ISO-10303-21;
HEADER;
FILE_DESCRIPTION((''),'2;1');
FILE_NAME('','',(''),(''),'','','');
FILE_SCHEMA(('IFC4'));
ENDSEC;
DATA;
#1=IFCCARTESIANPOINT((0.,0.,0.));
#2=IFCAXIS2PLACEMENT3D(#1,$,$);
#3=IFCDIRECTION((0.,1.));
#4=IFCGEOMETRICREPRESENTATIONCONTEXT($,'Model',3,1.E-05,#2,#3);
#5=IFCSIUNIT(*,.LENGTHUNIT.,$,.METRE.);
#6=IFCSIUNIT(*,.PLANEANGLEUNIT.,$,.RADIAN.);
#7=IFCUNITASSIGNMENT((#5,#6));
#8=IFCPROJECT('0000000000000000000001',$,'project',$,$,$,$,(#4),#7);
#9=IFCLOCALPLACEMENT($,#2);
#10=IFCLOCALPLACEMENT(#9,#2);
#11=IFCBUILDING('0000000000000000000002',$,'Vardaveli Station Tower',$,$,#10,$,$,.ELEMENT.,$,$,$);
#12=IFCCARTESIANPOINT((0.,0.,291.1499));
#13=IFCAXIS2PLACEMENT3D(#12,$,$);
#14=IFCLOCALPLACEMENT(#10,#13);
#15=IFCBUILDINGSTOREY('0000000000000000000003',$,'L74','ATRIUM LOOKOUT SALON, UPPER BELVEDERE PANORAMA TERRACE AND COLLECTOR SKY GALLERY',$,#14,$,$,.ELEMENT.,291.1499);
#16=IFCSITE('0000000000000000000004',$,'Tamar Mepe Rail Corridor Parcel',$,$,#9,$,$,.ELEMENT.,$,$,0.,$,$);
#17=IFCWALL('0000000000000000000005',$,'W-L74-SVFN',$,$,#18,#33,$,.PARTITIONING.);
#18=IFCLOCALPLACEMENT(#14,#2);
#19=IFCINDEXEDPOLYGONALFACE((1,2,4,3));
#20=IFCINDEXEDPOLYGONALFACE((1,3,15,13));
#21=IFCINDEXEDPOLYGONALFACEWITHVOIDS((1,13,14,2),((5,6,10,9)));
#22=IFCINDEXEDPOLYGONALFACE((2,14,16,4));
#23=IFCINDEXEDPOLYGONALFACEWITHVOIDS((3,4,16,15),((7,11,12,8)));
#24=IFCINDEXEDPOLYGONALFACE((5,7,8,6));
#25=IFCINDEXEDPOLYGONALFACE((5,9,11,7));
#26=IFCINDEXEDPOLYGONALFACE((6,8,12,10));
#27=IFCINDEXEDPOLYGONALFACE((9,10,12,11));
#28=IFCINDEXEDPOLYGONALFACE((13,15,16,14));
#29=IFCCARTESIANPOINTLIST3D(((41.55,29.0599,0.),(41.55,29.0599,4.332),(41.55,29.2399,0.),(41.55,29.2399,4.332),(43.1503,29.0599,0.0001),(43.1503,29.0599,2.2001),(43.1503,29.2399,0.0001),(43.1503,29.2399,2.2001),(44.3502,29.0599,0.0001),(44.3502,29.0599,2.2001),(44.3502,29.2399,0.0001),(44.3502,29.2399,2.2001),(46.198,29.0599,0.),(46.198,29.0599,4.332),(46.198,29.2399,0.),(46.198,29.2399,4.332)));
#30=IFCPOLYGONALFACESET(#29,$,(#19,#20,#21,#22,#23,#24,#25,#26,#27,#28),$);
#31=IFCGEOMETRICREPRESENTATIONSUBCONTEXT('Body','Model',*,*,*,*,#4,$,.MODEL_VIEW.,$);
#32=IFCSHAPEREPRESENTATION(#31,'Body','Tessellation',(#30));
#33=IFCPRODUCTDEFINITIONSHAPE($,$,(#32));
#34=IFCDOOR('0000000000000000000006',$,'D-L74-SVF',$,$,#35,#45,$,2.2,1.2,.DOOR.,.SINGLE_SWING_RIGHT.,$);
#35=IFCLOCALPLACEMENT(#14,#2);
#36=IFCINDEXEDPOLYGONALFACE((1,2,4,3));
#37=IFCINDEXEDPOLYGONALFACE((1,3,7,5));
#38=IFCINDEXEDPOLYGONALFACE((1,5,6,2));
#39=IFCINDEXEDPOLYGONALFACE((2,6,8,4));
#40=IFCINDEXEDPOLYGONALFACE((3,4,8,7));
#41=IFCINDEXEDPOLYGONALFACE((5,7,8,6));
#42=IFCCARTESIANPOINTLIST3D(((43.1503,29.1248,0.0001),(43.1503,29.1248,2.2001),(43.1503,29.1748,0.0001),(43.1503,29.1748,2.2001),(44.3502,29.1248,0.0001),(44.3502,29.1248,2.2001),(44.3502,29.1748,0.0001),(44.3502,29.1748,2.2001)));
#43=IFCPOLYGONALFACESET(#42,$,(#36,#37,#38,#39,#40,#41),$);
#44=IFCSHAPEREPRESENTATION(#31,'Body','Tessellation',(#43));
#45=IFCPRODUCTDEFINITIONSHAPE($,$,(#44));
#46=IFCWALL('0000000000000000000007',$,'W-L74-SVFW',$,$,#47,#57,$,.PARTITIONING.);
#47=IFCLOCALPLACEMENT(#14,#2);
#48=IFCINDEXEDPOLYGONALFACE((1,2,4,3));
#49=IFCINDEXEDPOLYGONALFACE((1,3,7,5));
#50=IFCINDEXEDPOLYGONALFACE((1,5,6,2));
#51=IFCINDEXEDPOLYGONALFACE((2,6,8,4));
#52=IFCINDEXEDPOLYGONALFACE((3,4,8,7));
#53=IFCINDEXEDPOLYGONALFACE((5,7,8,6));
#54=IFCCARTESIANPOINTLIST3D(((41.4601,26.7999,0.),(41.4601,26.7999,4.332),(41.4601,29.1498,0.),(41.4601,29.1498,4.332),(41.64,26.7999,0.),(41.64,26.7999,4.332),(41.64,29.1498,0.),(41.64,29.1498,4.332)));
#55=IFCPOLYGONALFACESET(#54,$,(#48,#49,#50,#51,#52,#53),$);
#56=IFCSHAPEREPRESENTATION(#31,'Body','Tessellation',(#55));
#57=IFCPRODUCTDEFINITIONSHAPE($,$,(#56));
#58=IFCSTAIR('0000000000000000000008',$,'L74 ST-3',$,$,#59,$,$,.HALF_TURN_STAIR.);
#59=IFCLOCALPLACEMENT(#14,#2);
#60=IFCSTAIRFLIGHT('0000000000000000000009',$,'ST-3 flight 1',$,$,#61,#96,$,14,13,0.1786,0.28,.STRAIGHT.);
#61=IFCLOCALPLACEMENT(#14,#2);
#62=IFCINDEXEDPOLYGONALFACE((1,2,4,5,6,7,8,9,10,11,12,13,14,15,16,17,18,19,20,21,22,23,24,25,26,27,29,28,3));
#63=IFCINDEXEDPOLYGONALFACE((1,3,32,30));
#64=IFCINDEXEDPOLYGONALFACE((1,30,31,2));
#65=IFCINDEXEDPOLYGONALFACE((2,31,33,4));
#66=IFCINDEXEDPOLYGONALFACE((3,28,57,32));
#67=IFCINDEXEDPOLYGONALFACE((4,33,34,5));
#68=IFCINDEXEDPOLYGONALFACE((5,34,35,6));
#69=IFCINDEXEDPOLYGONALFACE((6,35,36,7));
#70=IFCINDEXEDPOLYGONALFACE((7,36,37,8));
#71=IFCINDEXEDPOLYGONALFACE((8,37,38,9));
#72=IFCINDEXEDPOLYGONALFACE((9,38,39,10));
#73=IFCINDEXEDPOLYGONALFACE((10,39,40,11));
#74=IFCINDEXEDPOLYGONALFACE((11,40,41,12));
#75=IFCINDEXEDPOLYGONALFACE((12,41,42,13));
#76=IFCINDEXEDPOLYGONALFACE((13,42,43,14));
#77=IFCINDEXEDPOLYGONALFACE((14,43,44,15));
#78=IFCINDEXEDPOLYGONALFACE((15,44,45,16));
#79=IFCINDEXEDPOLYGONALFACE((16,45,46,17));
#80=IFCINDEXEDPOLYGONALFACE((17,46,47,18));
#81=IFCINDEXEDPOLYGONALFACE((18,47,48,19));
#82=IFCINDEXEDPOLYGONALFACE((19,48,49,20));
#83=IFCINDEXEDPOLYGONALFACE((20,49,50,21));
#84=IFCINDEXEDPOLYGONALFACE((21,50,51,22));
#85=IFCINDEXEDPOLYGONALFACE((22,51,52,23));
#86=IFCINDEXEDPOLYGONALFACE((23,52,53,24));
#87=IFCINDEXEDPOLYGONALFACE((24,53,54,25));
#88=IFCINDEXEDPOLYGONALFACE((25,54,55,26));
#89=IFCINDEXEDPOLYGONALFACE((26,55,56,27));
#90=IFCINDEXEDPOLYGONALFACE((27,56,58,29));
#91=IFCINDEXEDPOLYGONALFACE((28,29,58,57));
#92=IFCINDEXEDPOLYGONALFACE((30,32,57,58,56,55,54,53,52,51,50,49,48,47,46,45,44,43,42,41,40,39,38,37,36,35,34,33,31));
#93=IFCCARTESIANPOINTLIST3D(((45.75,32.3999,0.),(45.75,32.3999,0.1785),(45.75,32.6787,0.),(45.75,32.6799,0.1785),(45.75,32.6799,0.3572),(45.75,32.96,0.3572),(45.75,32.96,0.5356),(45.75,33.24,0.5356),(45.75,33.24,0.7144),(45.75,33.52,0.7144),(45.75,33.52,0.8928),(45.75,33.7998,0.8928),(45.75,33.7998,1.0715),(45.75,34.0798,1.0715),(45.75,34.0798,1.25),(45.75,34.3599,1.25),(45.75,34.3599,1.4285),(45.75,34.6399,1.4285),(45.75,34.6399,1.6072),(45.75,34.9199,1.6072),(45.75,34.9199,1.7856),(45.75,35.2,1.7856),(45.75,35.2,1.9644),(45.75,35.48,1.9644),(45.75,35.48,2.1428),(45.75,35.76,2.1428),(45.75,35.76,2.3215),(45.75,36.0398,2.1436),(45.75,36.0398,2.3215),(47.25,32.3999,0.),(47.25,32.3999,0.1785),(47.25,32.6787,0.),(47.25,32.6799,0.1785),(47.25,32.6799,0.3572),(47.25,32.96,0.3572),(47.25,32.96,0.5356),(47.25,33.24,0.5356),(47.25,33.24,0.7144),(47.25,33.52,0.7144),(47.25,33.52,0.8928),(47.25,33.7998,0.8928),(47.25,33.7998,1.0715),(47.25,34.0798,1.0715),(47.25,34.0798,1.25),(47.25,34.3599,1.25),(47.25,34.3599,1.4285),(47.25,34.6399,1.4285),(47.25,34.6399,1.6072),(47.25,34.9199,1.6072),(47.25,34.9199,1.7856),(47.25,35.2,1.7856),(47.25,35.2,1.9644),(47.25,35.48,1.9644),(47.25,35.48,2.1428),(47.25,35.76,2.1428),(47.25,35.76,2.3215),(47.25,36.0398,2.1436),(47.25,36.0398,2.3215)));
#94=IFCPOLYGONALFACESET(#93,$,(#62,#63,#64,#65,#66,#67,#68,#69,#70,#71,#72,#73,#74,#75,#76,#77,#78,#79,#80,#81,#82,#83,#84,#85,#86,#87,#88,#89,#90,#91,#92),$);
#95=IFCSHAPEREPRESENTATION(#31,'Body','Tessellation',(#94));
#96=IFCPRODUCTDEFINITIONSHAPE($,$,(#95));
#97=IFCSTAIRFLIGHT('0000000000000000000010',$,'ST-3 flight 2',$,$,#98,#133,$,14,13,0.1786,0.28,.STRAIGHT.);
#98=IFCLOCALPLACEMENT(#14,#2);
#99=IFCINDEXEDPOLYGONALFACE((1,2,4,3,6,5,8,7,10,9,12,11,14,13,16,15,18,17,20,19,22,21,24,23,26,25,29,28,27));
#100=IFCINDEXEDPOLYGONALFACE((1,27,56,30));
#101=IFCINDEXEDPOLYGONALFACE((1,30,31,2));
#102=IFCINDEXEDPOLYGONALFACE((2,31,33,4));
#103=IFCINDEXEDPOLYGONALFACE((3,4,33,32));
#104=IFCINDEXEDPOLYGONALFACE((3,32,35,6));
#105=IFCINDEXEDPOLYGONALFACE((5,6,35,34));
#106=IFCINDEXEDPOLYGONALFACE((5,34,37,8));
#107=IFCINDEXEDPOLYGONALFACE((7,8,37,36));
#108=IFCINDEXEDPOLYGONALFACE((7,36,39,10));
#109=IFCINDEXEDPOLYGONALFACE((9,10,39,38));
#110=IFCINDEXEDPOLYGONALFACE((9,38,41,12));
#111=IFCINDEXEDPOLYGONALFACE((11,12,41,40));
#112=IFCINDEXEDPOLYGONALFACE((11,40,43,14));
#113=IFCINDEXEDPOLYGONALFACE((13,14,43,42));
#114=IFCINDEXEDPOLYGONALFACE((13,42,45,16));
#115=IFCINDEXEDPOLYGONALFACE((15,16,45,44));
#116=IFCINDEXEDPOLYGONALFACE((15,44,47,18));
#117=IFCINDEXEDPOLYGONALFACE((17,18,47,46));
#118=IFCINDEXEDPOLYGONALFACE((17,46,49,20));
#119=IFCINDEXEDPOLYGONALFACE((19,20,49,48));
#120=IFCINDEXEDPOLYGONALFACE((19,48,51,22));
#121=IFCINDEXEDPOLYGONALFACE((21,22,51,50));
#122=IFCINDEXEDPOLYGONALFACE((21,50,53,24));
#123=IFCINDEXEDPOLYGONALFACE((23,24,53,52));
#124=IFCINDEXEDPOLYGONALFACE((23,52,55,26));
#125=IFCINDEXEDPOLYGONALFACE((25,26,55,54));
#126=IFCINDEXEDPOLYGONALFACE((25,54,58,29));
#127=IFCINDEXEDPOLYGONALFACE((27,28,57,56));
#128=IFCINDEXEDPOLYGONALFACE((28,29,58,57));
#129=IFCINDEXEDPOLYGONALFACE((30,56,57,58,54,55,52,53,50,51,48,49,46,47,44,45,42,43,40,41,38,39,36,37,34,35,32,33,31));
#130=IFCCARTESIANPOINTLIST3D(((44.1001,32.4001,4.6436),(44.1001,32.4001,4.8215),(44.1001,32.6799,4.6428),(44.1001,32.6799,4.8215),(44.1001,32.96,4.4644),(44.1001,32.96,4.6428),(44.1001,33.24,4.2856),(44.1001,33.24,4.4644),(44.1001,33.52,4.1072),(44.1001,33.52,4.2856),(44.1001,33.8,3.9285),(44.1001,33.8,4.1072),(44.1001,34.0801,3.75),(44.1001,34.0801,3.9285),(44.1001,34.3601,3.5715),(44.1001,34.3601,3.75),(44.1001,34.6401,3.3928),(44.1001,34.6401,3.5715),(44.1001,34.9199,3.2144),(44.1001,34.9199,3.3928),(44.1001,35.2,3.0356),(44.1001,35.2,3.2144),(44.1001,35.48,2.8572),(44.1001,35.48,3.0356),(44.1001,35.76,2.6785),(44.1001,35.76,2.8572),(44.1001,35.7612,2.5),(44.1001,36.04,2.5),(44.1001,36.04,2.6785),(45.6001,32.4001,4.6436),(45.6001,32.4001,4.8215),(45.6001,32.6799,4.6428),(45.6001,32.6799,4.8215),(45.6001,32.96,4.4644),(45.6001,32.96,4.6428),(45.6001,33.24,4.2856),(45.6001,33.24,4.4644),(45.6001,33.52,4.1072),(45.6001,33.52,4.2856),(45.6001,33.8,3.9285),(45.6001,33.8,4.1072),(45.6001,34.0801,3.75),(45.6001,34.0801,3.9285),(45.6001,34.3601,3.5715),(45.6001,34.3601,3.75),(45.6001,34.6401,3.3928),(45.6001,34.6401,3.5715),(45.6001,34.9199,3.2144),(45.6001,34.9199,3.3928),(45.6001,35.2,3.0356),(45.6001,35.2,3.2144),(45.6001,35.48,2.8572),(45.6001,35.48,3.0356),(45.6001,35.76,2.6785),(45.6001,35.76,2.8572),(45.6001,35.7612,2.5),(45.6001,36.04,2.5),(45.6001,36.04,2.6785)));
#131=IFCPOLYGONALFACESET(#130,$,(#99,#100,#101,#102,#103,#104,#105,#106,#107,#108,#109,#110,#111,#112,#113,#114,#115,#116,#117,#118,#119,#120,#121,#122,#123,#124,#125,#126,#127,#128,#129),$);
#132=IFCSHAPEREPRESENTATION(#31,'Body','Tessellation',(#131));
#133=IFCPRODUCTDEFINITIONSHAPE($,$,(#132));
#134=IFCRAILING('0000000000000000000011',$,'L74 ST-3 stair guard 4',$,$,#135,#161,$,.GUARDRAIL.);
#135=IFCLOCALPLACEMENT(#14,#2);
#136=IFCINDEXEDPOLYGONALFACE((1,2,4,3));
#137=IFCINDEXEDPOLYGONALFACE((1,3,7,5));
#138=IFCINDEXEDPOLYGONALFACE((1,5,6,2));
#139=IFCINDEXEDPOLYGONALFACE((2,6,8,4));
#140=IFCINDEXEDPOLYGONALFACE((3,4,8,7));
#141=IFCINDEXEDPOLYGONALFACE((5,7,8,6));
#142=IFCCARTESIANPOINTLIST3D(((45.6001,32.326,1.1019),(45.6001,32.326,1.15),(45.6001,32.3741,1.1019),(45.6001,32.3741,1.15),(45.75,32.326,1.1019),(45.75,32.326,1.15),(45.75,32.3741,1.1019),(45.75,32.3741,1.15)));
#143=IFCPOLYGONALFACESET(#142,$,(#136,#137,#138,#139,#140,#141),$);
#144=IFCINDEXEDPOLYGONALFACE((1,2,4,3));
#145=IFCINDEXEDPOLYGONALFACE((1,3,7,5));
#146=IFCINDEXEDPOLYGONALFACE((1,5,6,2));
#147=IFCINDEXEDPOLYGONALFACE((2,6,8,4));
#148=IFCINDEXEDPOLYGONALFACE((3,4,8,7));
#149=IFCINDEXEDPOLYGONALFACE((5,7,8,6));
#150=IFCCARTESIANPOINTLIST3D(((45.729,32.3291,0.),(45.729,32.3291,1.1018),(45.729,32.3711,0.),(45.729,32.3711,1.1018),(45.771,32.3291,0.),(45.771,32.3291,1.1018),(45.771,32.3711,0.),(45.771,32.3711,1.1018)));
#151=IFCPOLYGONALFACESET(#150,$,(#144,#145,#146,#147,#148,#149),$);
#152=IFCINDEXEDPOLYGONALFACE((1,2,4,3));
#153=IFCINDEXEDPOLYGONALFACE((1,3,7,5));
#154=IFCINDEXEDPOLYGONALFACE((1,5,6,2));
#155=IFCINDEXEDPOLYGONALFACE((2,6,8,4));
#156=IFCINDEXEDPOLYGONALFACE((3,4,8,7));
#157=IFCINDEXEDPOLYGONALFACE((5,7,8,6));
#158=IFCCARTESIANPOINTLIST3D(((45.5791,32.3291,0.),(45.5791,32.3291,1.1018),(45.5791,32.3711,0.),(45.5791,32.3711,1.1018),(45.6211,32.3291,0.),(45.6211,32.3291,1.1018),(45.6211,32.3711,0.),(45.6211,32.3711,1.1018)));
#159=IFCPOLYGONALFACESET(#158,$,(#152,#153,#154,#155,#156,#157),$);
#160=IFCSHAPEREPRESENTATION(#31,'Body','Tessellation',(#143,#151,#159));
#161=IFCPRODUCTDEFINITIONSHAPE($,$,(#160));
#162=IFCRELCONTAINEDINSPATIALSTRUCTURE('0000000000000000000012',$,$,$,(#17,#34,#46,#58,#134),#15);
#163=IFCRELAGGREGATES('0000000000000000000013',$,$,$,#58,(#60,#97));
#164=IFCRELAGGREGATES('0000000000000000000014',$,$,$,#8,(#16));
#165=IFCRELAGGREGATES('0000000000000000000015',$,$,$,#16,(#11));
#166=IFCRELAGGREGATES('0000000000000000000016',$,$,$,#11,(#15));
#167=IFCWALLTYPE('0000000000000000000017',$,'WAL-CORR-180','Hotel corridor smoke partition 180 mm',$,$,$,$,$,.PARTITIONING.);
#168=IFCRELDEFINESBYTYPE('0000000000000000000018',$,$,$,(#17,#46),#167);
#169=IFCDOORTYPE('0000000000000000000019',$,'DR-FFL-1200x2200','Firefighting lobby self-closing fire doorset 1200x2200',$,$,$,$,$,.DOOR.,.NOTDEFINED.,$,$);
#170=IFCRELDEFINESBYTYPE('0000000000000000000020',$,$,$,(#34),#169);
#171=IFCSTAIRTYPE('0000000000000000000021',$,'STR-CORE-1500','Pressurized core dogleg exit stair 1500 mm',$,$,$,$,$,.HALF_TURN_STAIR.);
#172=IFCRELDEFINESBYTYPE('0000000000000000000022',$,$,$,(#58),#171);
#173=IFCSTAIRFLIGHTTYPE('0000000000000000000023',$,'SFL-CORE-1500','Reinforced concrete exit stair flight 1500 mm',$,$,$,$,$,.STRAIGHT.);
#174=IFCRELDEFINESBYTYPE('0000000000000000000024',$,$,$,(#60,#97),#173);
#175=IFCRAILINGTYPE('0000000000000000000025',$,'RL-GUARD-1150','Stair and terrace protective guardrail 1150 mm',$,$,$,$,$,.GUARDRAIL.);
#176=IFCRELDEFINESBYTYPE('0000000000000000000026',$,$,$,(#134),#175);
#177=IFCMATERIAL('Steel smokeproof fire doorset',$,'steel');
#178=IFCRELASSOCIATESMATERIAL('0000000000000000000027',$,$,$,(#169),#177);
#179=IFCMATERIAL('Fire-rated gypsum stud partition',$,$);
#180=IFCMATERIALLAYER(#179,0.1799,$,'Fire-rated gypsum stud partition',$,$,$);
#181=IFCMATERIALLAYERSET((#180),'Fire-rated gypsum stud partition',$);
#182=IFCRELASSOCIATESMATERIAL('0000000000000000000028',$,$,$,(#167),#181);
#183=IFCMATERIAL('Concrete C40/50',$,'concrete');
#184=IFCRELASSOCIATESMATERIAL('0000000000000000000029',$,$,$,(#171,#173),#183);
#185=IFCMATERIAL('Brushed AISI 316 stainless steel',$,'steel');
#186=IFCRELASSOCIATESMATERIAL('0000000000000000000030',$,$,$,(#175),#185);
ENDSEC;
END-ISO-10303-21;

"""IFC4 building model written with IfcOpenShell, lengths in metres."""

from ifc_helpers import new_model, si_unit, direction, frame, frame_2d, origin, origin_2d, place, context, subcontext, project, spatial, polyline, rectangle, outline, extrude, source, transform, mapped, material, layer, layer_set, type_object, element, fill, aggregate, save


model = new_model("IFC4")

# Units and contexts
model_context = context("Model", 3, precision=1e-05, world=origin(), true_north=direction((0.0, 1.0)))
body_context = subcontext(model_context, "Body", "Model", "MODEL_VIEW")
ifc_project = project(units=[si_unit("LENGTHUNIT", "METRE"), si_unit("PLANEANGLEUNIT", "RADIAN")], contexts=[model_context])

# Site, building, storey
site_placement = place(None, origin())
site = spatial("IfcSite", under=ifc_project, at=site_placement, Name="Tamar Mepe Rail Corridor Parcel", CompositionType="ELEMENT", RefElevation=0.0)
building_placement = place(site_placement, origin())
building = spatial("IfcBuilding", under=site, at=building_placement, Name="Vardaveli Station Tower", CompositionType="ELEMENT")
storey_placement = place(building_placement, frame((0.0, 0.0, 291.1499)))
storey = spatial("IfcBuildingStorey", under=building, at=storey_placement, Name="L74", Description="ATRIUM LOOKOUT SALON, UPPER BELVEDERE PANORAMA TERRACE AND COLLECTOR SKY GALLERY", CompositionType="ELEMENT", Elevation=291.1499)

# Shared definitions
ifc_material_1 = material(Name="Concrete C40/50", Category="concrete")
ifc_material_2 = material(Name="Steel smokeproof fire doorset", Category="steel")

# Wall, opening, door
door_type_1 = type_object("IfcDoorType", Name="DR-FFL-1200x2200", Description="Firefighting lobby self-closing fire doorset 1200x2200", OperationType="NOTDEFINED", PredefinedType="DOOR", material=ifc_material_2)
shared_shape_1 = source(origin(), body_context, "Body", "SweptSolid", [
    extrude(rectangle(XDim=1.2, YDim=2.2, at=frame_2d((0.6001, 1.1001))), frame((0.0, 0.0249, 0.0), z_axis=(0.0, -1.0, 0.0), x_axis=(1.0, 0.0, 0.0)), (0.0, 0.0, 1.0), 0.05),
])
ifc_material_3 = material(Name="Fire-rated gypsum stud partition")
ifc_layer_1 = layer(ifc_material_3, 0.1799, Name="Fire-rated gypsum stud partition")
ifc_layer_set_1 = layer_set([ifc_layer_1], Name="Fire-rated gypsum stud partition")
wall_type_1 = type_object("IfcWallType", Name="WAL-CORR-180", Description="Hotel corridor smoke partition 180 mm", PredefinedType="PARTITIONING", material=ifc_layer_set_1)
shared_shape_2 = source(origin(), body_context, "Body", "SweptSolid", [
    extrude(rectangle(XDim=4.6479, YDim=0.1799, at=frame_2d((2.324, 0.0))), origin(), (0.0, 0.0, 1.0), 4.332),
])
wall_1_placement = place(storey_placement, frame((41.55, 29.1499, 0.0), z_axis=(0.0, 0.0, 1.0), x_axis=(1.0, 0.0, 0.0)))
wall_1 = element("IfcWall", 1, at=wall_1_placement, inside=storey, type_object=wall_type_1, Name="W-L74-SVFN", PredefinedType="PARTITIONING", context=body_context, shape_type="MappedRepresentation", body=[
    mapped(shared_shape_2, transform((0.0, 0.0, 0.0), scale=1.0)),
])
shared_shape_3 = source(origin(), body_context, "Body", "SweptSolid", [
    extrude(rectangle(XDim=1.2, YDim=2.2, at=frame_2d((0.6001, 1.1001))), frame((0.0, 0.1001, 0.0), z_axis=(0.0, -1.0, 0.0), x_axis=(1.0, 0.0, 0.0)), (0.0, 0.0, 1.0), 0.2),
])
opening_1_placement = place(wall_1_placement, frame((1.6001, 0.0, 0.0)))
opening_1 = element("IfcOpeningElement", 2, at=opening_1_placement, cuts=wall_1, PredefinedType="OPENING", context=body_context, shape_type="MappedRepresentation", body=[
    mapped(shared_shape_3, transform((0.0, 0.0, 0.0), scale=1.0)),
])
door_1_placement = place(opening_1_placement, origin())
door_1 = element("IfcDoor", 3, at=door_1_placement, inside=storey, type_object=door_type_1, Name="D-L74-SVF", OperationType="SINGLE_SWING_RIGHT", OverallHeight=2.2, OverallWidth=1.2, PredefinedType="DOOR", context=body_context, shape_type="MappedRepresentation", body=[
    mapped(shared_shape_1, transform((0.0, 0.0, 0.0), scale=1.0)),
])
fill(opening_1, door_1)

# Wall
shared_shape_4 = source(origin(), body_context, "Body", "SweptSolid", [
    extrude(rectangle(XDim=2.3499, YDim=0.1799, at=frame_2d((1.1748, 0.0))), origin(), (0.0, 0.0, 1.0), 4.332),
])
wall_2_placement = place(storey_placement, frame((41.55, 26.8, 0.0), z_axis=(0.0, 0.0, 1.0), x_axis=(0.0, 1.0, 0.0)))
element("IfcWall", 4, at=wall_2_placement, inside=storey, type_object=wall_type_1, Name="W-L74-SVFW", PredefinedType="PARTITIONING", context=body_context, shape_type="MappedRepresentation", body=[
    mapped(shared_shape_4, transform((0.0, 0.0, 0.0), scale=1.0)),
])

# Stair, stair flights
stair_type = type_object("IfcStairType", Name="STR-CORE-1500", Description="Pressurized core dogleg exit stair 1500 mm", PredefinedType="HALF_TURN_STAIR", material=ifc_material_1)
stair_placement = place(storey_placement, origin())
stair = element("IfcStair", 5, at=stair_placement, inside=storey, type_object=stair_type, Name="L74 ST-3", PredefinedType="HALF_TURN_STAIR")
stair_flight_type = type_object("IfcStairFlightType", Name="SFL-CORE-1500", Description="Reinforced concrete exit stair flight 1500 mm", PredefinedType="STRAIGHT", material=ifc_material_1)
shared_shape_5 = source(origin(), body_context, "Body", "SweptSolid", [
    extrude(outline(polyline([(0.0, 0.0), (0.0, 0.1785), (0.28, 0.1785), (0.28, 0.3572), (0.5601, 0.3572), (0.5601, 0.5356), (0.8401, 0.5356), (0.8401, 0.7144), (1.1201, 0.7144), (1.1201, 0.8928), (1.3999, 0.8928), (1.3999, 1.0715), (1.6799, 1.0715), (1.6799, 1.25), (1.96, 1.25), (1.96, 1.4285), (2.24, 1.4285), (2.24, 1.6072), (2.52, 1.6072), (2.52, 1.7856), (2.8, 1.7856), (2.8, 1.9644), (3.0801, 1.9644), (3.0801, 2.1428), (3.3601, 2.1428), (3.3601, 2.3215), (3.6399, 2.3215), (3.6399, 2.5), (3.6399, 2.1436), (0.2788, 0.0), (0.0, 0.0)])), frame((0.0, 0.75, 0.0), z_axis=(0.0, -1.0, 0.0), x_axis=(1.0, 0.0, 0.0)), (0.0, 0.0, 1.0), 1.5),
])
stair_flight_1_placement = place(storey_placement, frame((46.5, 32.3999, 0.0), z_axis=(0.0, 0.0, 1.0), x_axis=(0.0, 1.0, 0.0)))
stair_flight_1 = element("IfcStairFlight", 6, at=stair_flight_1_placement, type_object=stair_flight_type, Name="ST-3 flight 1", NumberOfRisers=14, NumberOfTreads=13, PredefinedType="STRAIGHT", RiserHeight=0.1786, TreadLength=0.28, context=body_context, shape_type="MappedRepresentation", body=[
    mapped(shared_shape_5, transform((0.0, 0.0, 0.0), scale=1.0)),
])
stair_flight_2_placement = place(storey_placement, frame((44.8501, 36.04, 2.5), z_axis=(0.0, 0.0, 1.0), x_axis=(0.0, -1.0, 0.0)))
stair_flight_2 = element("IfcStairFlight", 7, at=stair_flight_2_placement, type_object=stair_flight_type, Name="ST-3 flight 2", NumberOfRisers=14, NumberOfTreads=13, PredefinedType="STRAIGHT", RiserHeight=0.1786, TreadLength=0.28, context=body_context, shape_type="MappedRepresentation", body=[
    mapped(shared_shape_5, transform((0.0, 0.0, 0.0), scale=1.0)),
])
aggregate(stair, [stair_flight_1, stair_flight_2])

# Railing
ifc_material_4 = material(Name="Brushed AISI 316 stainless steel", Category="steel")
railing_type_1 = type_object("IfcRailingType", Name="RL-GUARD-1150", Description="Stair and terrace protective guardrail 1150 mm", PredefinedType="GUARDRAIL", material=ifc_material_4)
shared_shape_6 = source(origin(), body_context, "Body", "SweptSolid", [
    extrude(rectangle(XDim=0.0481, YDim=0.0481, at=origin_2d()), frame((0.0, 0.0, 1.126), z_axis=(-1.0, 0.0, 0.0), x_axis=(0.0, -1.0, 0.0)), (0.0, 0.0, 1.0), 0.1499),
    extrude(rectangle(XDim=0.042, YDim=0.042, at=origin_2d()), origin(), (0.0, 0.0, 1.0), 1.1018),
    extrude(rectangle(XDim=0.042, YDim=0.042, at=origin_2d()), frame((-0.1499, 0.0, 0.0)), (0.0, 0.0, 1.0), 1.1018),
])
railing_1_placement = place(storey_placement, frame((45.75, 32.3501, 0.0)))
element("IfcRailing", 8, at=railing_1_placement, inside=storey, type_object=railing_type_1, Name="L74 ST-3 stair guard 4", PredefinedType="GUARDRAIL", context=body_context, shape_type="MappedRepresentation", body=[
    mapped(shared_shape_6, transform((0.0, 0.0, 0.0), scale=1.0)),
])

save(model, "model.ifc")
